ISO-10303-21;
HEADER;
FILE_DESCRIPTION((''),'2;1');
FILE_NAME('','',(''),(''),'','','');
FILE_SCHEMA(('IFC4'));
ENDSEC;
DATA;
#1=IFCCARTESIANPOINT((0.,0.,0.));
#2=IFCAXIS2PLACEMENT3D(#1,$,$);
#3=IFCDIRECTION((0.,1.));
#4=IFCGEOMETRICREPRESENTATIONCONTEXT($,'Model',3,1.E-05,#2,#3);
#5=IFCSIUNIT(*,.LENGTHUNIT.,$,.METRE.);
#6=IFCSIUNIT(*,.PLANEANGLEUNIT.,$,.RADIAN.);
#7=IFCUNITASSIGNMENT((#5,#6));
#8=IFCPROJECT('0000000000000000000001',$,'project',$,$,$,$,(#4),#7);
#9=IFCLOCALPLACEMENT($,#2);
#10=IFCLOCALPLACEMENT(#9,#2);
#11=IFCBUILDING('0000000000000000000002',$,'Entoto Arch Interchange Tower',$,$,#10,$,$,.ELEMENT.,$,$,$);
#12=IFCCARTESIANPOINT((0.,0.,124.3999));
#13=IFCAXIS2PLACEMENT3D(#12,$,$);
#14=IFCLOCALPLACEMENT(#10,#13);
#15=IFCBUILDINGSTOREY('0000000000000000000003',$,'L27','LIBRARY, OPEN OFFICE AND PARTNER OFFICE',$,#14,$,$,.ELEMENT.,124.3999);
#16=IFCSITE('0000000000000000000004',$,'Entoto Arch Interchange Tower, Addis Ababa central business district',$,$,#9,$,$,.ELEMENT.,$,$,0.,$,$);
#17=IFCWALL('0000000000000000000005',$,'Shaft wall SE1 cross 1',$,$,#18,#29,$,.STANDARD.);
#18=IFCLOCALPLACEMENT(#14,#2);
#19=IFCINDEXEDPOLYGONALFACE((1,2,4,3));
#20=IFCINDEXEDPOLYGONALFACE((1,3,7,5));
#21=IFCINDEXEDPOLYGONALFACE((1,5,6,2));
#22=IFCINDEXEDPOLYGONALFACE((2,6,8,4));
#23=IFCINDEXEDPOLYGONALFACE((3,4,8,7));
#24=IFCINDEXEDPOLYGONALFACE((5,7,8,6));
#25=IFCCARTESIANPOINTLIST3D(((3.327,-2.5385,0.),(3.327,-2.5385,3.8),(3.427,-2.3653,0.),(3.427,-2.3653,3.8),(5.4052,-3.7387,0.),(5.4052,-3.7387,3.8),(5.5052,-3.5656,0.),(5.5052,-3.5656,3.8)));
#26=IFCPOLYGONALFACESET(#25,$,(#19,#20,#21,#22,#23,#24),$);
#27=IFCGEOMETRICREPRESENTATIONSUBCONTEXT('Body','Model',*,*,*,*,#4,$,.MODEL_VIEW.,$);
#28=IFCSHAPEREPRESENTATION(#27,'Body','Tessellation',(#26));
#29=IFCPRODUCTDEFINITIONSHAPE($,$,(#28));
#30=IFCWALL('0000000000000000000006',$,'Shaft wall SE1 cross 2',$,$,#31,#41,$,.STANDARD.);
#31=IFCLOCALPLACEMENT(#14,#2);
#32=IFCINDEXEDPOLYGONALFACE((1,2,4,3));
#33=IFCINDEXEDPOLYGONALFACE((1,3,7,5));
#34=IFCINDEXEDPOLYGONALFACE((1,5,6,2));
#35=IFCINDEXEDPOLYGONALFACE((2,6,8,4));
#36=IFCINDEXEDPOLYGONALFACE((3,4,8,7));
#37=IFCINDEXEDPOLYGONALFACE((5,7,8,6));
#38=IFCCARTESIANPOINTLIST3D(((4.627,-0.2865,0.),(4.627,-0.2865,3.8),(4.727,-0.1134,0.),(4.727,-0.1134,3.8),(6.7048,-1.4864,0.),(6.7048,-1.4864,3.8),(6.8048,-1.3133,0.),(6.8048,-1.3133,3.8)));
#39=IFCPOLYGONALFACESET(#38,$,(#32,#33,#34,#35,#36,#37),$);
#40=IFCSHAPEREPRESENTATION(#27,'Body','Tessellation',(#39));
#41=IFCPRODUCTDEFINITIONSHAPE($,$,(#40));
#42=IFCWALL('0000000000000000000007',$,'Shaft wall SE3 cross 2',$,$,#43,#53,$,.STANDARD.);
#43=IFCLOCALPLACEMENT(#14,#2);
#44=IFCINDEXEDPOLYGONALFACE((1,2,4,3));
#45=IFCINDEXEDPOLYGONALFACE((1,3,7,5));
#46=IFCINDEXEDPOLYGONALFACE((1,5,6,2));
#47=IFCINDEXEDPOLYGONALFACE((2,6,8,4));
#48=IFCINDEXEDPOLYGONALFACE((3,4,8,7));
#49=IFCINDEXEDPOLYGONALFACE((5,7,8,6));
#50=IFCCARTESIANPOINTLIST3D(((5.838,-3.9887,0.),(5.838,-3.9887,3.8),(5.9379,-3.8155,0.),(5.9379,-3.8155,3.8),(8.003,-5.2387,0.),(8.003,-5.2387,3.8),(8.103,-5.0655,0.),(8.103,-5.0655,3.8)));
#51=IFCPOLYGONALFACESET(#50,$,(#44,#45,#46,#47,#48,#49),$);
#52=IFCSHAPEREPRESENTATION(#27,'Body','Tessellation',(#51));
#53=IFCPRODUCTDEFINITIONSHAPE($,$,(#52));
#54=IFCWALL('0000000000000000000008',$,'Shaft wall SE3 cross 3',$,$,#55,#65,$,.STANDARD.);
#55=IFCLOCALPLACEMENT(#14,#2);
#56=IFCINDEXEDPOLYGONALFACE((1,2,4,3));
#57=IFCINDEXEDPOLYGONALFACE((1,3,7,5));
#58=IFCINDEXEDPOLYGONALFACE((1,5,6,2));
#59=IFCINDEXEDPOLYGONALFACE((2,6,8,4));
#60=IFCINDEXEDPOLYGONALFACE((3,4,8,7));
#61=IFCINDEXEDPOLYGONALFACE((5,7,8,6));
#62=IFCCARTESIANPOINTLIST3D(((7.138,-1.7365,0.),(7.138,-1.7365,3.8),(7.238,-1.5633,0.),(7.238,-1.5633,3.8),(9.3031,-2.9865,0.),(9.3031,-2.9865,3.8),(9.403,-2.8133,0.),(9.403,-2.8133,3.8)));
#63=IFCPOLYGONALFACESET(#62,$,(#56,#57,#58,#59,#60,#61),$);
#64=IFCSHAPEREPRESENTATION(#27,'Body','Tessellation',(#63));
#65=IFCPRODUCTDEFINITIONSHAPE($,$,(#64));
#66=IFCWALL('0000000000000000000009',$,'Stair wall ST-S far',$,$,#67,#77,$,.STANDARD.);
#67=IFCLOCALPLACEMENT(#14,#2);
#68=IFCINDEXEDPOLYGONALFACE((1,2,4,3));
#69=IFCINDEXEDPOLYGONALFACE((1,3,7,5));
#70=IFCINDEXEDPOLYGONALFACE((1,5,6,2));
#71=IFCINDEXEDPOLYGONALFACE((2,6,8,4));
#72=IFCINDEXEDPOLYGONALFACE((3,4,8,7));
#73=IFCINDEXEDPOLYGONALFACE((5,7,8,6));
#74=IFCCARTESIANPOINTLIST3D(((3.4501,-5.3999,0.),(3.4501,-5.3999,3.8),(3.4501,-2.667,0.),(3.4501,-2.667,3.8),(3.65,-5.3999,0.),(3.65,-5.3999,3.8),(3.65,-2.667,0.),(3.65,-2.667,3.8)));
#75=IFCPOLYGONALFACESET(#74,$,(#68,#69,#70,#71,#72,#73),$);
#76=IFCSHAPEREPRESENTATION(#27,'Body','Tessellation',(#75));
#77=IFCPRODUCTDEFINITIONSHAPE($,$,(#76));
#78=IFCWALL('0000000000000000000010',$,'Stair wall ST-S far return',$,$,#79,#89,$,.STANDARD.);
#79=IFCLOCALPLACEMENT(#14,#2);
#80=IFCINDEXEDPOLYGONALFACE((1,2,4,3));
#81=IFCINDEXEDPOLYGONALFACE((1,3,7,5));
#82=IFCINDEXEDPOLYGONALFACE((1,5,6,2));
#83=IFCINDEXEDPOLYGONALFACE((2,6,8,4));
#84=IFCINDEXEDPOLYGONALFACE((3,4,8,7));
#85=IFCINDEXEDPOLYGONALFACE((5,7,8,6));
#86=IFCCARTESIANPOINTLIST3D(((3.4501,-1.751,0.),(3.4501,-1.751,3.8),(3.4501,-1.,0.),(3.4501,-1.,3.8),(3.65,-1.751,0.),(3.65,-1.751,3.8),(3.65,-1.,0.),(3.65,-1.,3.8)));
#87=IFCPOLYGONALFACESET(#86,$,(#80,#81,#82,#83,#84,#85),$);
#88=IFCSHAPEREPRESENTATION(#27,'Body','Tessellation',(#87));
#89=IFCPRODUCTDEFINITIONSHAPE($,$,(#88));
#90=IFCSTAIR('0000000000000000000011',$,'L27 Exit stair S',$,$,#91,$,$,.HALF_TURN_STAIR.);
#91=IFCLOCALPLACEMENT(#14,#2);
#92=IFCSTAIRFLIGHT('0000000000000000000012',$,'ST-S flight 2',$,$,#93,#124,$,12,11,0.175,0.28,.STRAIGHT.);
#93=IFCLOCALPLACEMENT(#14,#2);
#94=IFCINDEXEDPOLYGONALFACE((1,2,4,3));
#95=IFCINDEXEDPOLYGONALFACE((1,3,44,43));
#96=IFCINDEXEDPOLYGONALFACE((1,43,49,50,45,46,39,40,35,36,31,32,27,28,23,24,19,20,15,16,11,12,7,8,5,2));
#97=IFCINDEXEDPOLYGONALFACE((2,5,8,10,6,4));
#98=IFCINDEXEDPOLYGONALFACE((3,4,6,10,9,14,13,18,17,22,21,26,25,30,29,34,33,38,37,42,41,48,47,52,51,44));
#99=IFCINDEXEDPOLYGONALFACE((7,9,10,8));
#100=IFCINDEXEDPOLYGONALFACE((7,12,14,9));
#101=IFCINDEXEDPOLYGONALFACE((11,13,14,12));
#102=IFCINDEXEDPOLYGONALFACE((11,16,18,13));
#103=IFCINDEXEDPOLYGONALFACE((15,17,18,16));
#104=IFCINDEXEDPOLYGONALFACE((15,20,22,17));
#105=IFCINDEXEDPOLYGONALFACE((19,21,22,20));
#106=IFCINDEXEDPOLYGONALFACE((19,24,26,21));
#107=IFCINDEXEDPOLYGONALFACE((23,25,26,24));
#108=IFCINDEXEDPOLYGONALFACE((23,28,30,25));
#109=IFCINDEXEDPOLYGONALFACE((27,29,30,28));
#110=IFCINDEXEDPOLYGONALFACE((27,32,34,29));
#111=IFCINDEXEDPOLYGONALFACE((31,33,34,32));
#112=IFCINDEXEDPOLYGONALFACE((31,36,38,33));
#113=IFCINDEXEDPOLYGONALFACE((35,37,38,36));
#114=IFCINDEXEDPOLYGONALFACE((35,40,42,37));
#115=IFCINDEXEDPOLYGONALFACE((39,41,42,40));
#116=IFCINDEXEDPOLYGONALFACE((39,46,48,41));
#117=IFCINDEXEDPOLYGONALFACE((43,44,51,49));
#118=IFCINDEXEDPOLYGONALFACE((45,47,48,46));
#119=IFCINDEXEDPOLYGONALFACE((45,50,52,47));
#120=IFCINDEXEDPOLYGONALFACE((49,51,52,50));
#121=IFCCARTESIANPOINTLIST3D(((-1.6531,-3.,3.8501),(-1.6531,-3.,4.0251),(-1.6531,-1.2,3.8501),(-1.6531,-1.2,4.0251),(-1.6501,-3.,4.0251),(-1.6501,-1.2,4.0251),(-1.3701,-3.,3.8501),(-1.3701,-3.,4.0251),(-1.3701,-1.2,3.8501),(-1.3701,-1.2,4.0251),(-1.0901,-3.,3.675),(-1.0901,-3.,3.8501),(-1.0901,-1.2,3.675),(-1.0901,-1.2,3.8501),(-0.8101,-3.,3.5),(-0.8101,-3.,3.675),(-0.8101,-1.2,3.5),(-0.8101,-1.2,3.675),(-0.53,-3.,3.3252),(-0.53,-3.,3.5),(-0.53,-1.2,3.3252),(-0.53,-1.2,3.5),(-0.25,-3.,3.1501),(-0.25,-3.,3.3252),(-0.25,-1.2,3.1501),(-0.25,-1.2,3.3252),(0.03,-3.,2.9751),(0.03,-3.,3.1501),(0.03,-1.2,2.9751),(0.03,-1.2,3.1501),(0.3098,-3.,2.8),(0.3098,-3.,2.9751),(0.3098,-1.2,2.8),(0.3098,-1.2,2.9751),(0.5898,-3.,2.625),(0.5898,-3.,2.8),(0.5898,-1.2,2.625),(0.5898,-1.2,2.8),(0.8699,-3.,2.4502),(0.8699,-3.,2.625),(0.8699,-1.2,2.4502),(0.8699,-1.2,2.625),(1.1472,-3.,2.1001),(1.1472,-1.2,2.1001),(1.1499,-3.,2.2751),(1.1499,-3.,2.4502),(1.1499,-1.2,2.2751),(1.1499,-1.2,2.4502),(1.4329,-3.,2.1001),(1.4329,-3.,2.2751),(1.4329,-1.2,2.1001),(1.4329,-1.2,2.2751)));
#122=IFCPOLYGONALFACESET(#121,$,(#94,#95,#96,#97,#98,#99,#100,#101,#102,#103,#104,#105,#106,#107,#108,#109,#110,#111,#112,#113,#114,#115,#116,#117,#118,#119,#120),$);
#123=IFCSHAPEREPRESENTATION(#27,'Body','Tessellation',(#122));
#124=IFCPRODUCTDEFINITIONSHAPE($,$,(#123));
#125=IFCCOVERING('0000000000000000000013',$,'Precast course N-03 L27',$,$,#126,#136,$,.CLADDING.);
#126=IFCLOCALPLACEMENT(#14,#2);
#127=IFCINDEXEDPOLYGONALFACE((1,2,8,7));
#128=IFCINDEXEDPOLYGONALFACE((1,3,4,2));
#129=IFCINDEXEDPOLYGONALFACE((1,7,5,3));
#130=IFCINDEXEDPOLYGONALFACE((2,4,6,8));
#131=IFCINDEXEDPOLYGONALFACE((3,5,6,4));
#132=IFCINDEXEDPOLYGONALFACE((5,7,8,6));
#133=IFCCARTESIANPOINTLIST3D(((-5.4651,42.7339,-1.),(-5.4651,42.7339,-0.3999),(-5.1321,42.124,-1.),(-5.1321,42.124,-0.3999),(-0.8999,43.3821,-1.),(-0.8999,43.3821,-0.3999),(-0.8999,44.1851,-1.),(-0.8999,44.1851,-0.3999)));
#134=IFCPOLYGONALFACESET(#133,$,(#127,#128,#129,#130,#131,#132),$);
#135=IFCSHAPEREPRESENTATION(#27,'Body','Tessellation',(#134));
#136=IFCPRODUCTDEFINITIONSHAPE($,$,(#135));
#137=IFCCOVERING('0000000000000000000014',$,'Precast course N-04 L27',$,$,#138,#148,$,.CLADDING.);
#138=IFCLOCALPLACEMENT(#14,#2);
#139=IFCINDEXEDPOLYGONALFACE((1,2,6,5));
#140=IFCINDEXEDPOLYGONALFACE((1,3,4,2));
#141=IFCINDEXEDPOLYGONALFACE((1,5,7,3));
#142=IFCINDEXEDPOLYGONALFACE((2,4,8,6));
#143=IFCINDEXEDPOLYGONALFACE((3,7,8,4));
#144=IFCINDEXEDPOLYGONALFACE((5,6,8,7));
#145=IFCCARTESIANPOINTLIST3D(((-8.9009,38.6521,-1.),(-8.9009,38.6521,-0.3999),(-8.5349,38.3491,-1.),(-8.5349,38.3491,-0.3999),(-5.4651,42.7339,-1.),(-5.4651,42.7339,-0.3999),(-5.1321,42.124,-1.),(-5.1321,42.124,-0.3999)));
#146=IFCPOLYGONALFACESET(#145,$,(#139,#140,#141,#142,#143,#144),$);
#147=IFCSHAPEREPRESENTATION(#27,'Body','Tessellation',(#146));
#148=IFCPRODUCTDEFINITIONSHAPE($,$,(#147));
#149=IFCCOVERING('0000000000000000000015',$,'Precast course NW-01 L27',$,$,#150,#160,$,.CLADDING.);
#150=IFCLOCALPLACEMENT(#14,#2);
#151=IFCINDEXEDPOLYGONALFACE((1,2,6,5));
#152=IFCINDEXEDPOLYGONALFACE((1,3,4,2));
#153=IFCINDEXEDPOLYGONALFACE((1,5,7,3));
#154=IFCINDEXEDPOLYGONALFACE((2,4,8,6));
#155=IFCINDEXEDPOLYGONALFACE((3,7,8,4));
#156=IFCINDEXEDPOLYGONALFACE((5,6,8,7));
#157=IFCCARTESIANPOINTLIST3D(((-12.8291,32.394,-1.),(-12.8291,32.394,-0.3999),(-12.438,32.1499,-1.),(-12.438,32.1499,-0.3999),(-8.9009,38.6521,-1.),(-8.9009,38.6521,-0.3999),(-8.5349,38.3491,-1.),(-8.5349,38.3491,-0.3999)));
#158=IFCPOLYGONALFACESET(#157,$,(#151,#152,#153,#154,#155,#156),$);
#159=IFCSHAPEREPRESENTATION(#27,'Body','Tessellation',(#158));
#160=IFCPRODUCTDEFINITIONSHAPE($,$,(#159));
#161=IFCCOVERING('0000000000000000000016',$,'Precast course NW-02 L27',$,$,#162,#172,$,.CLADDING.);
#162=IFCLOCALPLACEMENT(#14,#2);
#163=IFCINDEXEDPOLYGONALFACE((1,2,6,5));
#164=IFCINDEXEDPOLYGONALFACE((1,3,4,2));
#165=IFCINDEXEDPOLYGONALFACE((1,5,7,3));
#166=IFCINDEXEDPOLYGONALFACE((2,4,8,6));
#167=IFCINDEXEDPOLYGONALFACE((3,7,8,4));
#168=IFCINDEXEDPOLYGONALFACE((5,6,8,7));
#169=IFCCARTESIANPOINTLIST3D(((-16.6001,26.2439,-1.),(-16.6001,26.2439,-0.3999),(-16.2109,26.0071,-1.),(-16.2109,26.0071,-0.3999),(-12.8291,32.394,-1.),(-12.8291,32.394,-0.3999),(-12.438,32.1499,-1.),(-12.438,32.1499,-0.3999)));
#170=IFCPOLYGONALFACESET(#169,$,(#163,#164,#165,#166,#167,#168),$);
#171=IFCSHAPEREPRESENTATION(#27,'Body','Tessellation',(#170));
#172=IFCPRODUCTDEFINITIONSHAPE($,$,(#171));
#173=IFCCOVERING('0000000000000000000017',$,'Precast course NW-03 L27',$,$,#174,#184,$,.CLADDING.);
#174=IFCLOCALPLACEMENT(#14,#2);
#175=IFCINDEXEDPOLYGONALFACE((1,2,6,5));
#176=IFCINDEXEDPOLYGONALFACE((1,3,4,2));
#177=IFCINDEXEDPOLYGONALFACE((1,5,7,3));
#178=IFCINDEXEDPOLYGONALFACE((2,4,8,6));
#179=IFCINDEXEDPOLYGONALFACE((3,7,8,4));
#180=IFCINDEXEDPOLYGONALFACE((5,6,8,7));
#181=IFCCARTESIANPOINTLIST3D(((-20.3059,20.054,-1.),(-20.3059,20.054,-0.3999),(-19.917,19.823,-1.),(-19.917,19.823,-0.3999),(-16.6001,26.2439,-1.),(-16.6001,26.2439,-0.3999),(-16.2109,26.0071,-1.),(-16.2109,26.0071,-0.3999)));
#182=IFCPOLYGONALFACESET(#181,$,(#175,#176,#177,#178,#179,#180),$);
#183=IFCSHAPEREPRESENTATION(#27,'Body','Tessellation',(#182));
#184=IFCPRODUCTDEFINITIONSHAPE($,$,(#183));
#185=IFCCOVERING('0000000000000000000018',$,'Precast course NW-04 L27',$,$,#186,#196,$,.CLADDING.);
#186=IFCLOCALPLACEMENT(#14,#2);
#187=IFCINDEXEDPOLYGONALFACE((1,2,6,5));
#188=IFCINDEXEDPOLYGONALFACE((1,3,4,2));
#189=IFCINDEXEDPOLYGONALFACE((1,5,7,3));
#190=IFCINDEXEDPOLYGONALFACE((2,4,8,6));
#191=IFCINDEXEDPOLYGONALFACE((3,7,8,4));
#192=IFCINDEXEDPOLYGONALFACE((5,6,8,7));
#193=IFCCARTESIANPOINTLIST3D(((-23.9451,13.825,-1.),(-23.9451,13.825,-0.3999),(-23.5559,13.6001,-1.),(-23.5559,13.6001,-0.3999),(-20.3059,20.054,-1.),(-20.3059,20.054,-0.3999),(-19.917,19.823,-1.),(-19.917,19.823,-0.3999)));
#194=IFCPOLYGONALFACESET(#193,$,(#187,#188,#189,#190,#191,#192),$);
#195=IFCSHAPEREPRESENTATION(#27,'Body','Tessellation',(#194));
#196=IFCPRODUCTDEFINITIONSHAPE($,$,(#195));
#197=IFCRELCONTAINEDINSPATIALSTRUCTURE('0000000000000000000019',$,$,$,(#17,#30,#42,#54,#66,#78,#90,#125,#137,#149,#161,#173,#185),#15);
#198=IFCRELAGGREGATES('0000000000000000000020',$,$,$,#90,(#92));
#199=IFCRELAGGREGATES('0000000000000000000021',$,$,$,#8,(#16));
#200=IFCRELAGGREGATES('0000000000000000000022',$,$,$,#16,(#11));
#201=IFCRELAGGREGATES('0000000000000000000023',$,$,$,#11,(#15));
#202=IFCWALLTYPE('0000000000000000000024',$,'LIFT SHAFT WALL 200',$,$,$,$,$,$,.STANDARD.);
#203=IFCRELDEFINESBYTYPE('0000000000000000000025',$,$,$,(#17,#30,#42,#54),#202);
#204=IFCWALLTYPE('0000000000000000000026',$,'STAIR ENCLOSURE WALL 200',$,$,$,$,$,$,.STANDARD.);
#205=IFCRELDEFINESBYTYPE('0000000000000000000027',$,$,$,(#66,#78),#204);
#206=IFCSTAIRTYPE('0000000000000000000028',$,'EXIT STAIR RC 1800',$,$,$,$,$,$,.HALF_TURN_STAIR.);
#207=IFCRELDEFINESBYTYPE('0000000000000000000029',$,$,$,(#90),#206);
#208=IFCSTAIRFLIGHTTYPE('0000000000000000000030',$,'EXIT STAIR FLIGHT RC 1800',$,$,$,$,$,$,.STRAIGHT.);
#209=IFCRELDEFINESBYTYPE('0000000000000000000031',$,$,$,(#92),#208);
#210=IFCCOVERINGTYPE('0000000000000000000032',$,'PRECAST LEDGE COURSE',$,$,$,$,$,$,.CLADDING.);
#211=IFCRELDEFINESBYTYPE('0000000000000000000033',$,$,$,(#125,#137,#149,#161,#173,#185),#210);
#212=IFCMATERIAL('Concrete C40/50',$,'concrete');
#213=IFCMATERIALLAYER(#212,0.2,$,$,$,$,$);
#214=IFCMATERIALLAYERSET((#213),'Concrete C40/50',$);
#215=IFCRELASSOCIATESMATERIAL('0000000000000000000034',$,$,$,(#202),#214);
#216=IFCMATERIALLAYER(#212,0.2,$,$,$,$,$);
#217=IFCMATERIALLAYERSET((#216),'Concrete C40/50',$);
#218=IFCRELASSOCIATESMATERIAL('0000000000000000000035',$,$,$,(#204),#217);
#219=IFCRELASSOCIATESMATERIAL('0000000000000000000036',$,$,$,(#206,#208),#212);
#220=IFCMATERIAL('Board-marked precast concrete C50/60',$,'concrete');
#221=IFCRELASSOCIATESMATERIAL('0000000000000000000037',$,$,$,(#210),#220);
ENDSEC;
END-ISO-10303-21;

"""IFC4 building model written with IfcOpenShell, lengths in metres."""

from ifc_helpers import new_model, si_unit, direction, frame, frame_2d, origin, place, context, subcontext, project, spatial, polyline, rectangle, outline, extrude, material, layer, layer_set, type_object, element, aggregate, save


model = new_model("IFC4")

# Units and contexts
model_context = context("Model", 3, precision=1e-05, world=origin(), true_north=direction((0.0, 1.0)))
body_context = subcontext(model_context, "Body", "Model", "MODEL_VIEW")
ifc_project = project(units=[si_unit("LENGTHUNIT", "METRE"), si_unit("PLANEANGLEUNIT", "RADIAN")], contexts=[model_context])

# Site, building, storey
site_placement = place(None, origin())
site = spatial("IfcSite", under=ifc_project, at=site_placement, Name="Entoto Arch Interchange Tower, Addis Ababa central business district", CompositionType="ELEMENT", RefElevation=0.0)
building_placement = place(site_placement, origin())
building = spatial("IfcBuilding", under=site, at=building_placement, Name="Entoto Arch Interchange Tower", CompositionType="ELEMENT")
storey_placement = place(building_placement, frame((0.0, 0.0, 124.3999)))
storey = spatial("IfcBuildingStorey", under=building, at=storey_placement, Name="L27", Description="LIBRARY, OPEN OFFICE AND PARTNER OFFICE", CompositionType="ELEMENT", Elevation=124.3999)

# Shared definitions
ifc_material_1 = material(Name="Concrete C40/50", Category="concrete")
ifc_layer_1 = layer(ifc_material_1, 0.2)
ifc_layer_set_1 = layer_set([ifc_layer_1], Name="Concrete C40/50")
wall_type_1 = type_object("IfcWallType", Name="LIFT SHAFT WALL 200", PredefinedType="STANDARD", material=ifc_layer_set_1)

# Walls
wall_1_placement = place(storey_placement, frame((3.377, -2.4519, 0.0), z_axis=(0.0, 0.0, 1.0), x_axis=(0.865955, -0.500122, 0.0)))
element("IfcWall", 1, at=wall_1_placement, inside=storey, type_object=wall_type_1, Name="Shaft wall SE1 cross 1", PredefinedType="STANDARD", context=body_context, shape_type="SweptSolid", body=[
    extrude(rectangle(XDim=2.3999, YDim=0.2, at=frame_2d((1.2, 0.0))), origin(), (0.0, 0.0, 1.0), 3.8),
])
wall_2_placement = place(storey_placement, frame((4.677, -0.2, 0.0), z_axis=(0.0, 0.0, 1.0), x_axis=(0.865974, -0.500089, 0.0)))
element("IfcWall", 2, at=wall_2_placement, inside=storey, type_object=wall_type_1, Name="Shaft wall SE1 cross 2", PredefinedType="STANDARD", context=body_context, shape_type="SweptSolid", body=[
    extrude(rectangle(XDim=2.3994, YDim=0.2, at=frame_2d((1.1997, 0.0))), origin(), (0.0, 0.0, 1.0), 3.8),
])
for number, where, z_axis, x_axis, name in (
    (3, (5.8879, -3.9021, 0.0), (0.0, 0.0, 1.0), (0.866023, -0.500004, 0.0), "Shaft wall SE3 cross 2"),
    (4, (7.188, -1.6499, 0.0), (0.0, 0.0, 1.0), (0.866023, -0.500004, 0.0), "Shaft wall SE3 cross 3"),
):
    element("IfcWall", number, at=place(storey_placement, frame(where, z_axis=z_axis, x_axis=x_axis)), inside=storey, type_object=wall_type_1, Name=name, PredefinedType="STANDARD", context=body_context, shape_type="SweptSolid", body=[
        extrude(rectangle(XDim=2.5, YDim=0.2, at=frame_2d((1.25, 0.0))), origin(), (0.0, 0.0, 1.0), 3.8),
    ])
ifc_layer_2 = layer(ifc_material_1, 0.2)
ifc_layer_set_2 = layer_set([ifc_layer_2], Name="Concrete C40/50")
wall_type_2 = type_object("IfcWallType", Name="STAIR ENCLOSURE WALL 200", PredefinedType="STANDARD", material=ifc_layer_set_2)
wall_3_placement = place(storey_placement, frame((3.55, -2.667, 0.0), z_axis=(0.0, 0.0, 1.0), x_axis=(0.0, -1.0, 0.0)))
element("IfcWall", 5, at=wall_3_placement, inside=storey, type_object=wall_type_2, Name="Stair wall ST-S far", PredefinedType="STANDARD", context=body_context, shape_type="SweptSolid", body=[
    extrude(rectangle(XDim=2.7329, YDim=0.2, at=frame_2d((1.3665, 0.0))), origin(), (0.0, 0.0, 1.0), 3.8),
])
wall_4_placement = place(storey_placement, frame((3.55, -1.0, 0.0), z_axis=(0.0, 0.0, 1.0), x_axis=(0.0, -1.0, 0.0)))
element("IfcWall", 6, at=wall_4_placement, inside=storey, type_object=wall_type_2, Name="Stair wall ST-S far return", PredefinedType="STANDARD", context=body_context, shape_type="SweptSolid", body=[
    extrude(rectangle(XDim=0.751, YDim=0.2, at=frame_2d((0.3755, 0.0))), origin(), (0.0, 0.0, 1.0), 3.8),
])

# Stair, stair flight
stair_type = type_object("IfcStairType", Name="EXIT STAIR RC 1800", PredefinedType="HALF_TURN_STAIR", material=ifc_material_1)
stair_placement = place(storey_placement, origin())
stair = element("IfcStair", 7, at=stair_placement, inside=storey, type_object=stair_type, Name="L27 Exit stair S", PredefinedType="HALF_TURN_STAIR")
stair_flight_type = type_object("IfcStairFlightType", Name="EXIT STAIR FLIGHT RC 1800", PredefinedType="STRAIGHT", material=ifc_material_1)
stair_flight_placement = place(storey_placement, frame((1.4299, -2.1001, 2.1001), z_axis=(0.0, 0.0, 1.0), x_axis=(-1.0, 0.0, 0.0)))
stair_flight = element("IfcStairFlight", 8, at=stair_flight_placement, type_object=stair_flight_type, Name="ST-S flight 2", NumberOfRisers=12, NumberOfTreads=11, PredefinedType="STRAIGHT", RiserHeight=0.175, TreadLength=0.28, context=body_context, shape_type="SweptSolid", body=[
    extrude(outline(polyline([(-0.0029, 0.0), (-0.0029, 0.175), (0.28, 0.175), (0.28, 0.3501), (0.5601, 0.3501), (0.5601, 0.5249), (0.8401, 0.5249), (0.8401, 0.7), (1.1201, 0.7), (1.1201, 0.875), (1.3999, 0.875), (1.3999, 1.05), (1.6799, 1.05), (1.6799, 1.2251), (1.96, 1.2251), (1.96, 1.3999), (2.24, 1.3999), (2.24, 1.575), (2.52, 1.575), (2.52, 1.75), (2.8, 1.75), (2.8, 1.925), (3.0801, 1.925), (3.083, 1.925), (3.083, 1.75), (0.2827, 0.0), (-0.0029, 0.0)])), frame((0.0, 0.8999, 0.0), z_axis=(0.0, -1.0, 0.0), x_axis=(1.0, 0.0, 0.0)), (0.0, 0.0, 1.0), 1.8),
])
aggregate(stair, [stair_flight])

# Coverings
ifc_material_2 = material(Name="Board-marked precast concrete C50/60", Category="concrete")
covering_type = type_object("IfcCoveringType", Name="PRECAST LEDGE COURSE", PredefinedType="CLADDING", material=ifc_material_2)
covering_1_placement = place(storey_placement, frame((0.0, 0.0, -1.0)))
element("IfcCovering", 9, at=covering_1_placement, inside=storey, type_object=covering_type, Name="Precast course N-03 L27", PredefinedType="CLADDING", context=body_context, shape_type="SweptSolid", body=[
    extrude(outline(polyline([(-5.1321, 42.124), (-5.4651, 42.7339), (-0.8999, 44.1851), (-0.8999, 43.3821), (-5.1321, 42.124)])), origin(), (0.0, 0.0, 1.0), 0.6001),
])
covering_2_placement = place(storey_placement, frame((0.0, 0.0, -1.0)))
element("IfcCovering", 10, at=covering_2_placement, inside=storey, type_object=covering_type, Name="Precast course N-04 L27", PredefinedType="CLADDING", context=body_context, shape_type="SweptSolid", body=[
    extrude(outline(polyline([(-8.5349, 38.3491), (-8.9009, 38.6521), (-5.4651, 42.7339), (-5.1321, 42.124), (-8.5349, 38.3491)])), origin(), (0.0, 0.0, 1.0), 0.6001),
])
covering_3_placement = place(storey_placement, frame((0.0, 0.0, -1.0)))
element("IfcCovering", 11, at=covering_3_placement, inside=storey, type_object=covering_type, Name="Precast course NW-01 L27", PredefinedType="CLADDING", context=body_context, shape_type="SweptSolid", body=[
    extrude(outline(polyline([(-12.438, 32.1499), (-12.8291, 32.394), (-8.9009, 38.6521), (-8.5349, 38.3491), (-12.438, 32.1499)])), origin(), (0.0, 0.0, 1.0), 0.6001),
])
covering_4_placement = place(storey_placement, frame((0.0, 0.0, -1.0)))
element("IfcCovering", 12, at=covering_4_placement, inside=storey, type_object=covering_type, Name="Precast course NW-02 L27", PredefinedType="CLADDING", context=body_context, shape_type="SweptSolid", body=[
    extrude(outline(polyline([(-16.2109, 26.0071), (-16.6001, 26.2439), (-12.8291, 32.394), (-12.438, 32.1499), (-16.2109, 26.0071)])), origin(), (0.0, 0.0, 1.0), 0.6001),
])
covering_5_placement = place(storey_placement, frame((0.0, 0.0, -1.0)))
element("IfcCovering", 13, at=covering_5_placement, inside=storey, type_object=covering_type, Name="Precast course NW-03 L27", PredefinedType="CLADDING", context=body_context, shape_type="SweptSolid", body=[
    extrude(outline(polyline([(-19.917, 19.823), (-20.3059, 20.054), (-16.6001, 26.2439), (-16.2109, 26.0071), (-19.917, 19.823)])), origin(), (0.0, 0.0, 1.0), 0.6001),
])
covering_6_placement = place(storey_placement, frame((0.0, 0.0, -1.0)))
element("IfcCovering", 14, at=covering_6_placement, inside=storey, type_object=covering_type, Name="Precast course NW-04 L27", PredefinedType="CLADDING", context=body_context, shape_type="SweptSolid", body=[
    extrude(outline(polyline([(-23.5559, 13.6001), (-23.9451, 13.825), (-20.3059, 20.054), (-19.917, 19.823), (-23.5559, 13.6001)])), origin(), (0.0, 0.0, 1.0), 0.6001),
])

save(model, "model.ifc")
